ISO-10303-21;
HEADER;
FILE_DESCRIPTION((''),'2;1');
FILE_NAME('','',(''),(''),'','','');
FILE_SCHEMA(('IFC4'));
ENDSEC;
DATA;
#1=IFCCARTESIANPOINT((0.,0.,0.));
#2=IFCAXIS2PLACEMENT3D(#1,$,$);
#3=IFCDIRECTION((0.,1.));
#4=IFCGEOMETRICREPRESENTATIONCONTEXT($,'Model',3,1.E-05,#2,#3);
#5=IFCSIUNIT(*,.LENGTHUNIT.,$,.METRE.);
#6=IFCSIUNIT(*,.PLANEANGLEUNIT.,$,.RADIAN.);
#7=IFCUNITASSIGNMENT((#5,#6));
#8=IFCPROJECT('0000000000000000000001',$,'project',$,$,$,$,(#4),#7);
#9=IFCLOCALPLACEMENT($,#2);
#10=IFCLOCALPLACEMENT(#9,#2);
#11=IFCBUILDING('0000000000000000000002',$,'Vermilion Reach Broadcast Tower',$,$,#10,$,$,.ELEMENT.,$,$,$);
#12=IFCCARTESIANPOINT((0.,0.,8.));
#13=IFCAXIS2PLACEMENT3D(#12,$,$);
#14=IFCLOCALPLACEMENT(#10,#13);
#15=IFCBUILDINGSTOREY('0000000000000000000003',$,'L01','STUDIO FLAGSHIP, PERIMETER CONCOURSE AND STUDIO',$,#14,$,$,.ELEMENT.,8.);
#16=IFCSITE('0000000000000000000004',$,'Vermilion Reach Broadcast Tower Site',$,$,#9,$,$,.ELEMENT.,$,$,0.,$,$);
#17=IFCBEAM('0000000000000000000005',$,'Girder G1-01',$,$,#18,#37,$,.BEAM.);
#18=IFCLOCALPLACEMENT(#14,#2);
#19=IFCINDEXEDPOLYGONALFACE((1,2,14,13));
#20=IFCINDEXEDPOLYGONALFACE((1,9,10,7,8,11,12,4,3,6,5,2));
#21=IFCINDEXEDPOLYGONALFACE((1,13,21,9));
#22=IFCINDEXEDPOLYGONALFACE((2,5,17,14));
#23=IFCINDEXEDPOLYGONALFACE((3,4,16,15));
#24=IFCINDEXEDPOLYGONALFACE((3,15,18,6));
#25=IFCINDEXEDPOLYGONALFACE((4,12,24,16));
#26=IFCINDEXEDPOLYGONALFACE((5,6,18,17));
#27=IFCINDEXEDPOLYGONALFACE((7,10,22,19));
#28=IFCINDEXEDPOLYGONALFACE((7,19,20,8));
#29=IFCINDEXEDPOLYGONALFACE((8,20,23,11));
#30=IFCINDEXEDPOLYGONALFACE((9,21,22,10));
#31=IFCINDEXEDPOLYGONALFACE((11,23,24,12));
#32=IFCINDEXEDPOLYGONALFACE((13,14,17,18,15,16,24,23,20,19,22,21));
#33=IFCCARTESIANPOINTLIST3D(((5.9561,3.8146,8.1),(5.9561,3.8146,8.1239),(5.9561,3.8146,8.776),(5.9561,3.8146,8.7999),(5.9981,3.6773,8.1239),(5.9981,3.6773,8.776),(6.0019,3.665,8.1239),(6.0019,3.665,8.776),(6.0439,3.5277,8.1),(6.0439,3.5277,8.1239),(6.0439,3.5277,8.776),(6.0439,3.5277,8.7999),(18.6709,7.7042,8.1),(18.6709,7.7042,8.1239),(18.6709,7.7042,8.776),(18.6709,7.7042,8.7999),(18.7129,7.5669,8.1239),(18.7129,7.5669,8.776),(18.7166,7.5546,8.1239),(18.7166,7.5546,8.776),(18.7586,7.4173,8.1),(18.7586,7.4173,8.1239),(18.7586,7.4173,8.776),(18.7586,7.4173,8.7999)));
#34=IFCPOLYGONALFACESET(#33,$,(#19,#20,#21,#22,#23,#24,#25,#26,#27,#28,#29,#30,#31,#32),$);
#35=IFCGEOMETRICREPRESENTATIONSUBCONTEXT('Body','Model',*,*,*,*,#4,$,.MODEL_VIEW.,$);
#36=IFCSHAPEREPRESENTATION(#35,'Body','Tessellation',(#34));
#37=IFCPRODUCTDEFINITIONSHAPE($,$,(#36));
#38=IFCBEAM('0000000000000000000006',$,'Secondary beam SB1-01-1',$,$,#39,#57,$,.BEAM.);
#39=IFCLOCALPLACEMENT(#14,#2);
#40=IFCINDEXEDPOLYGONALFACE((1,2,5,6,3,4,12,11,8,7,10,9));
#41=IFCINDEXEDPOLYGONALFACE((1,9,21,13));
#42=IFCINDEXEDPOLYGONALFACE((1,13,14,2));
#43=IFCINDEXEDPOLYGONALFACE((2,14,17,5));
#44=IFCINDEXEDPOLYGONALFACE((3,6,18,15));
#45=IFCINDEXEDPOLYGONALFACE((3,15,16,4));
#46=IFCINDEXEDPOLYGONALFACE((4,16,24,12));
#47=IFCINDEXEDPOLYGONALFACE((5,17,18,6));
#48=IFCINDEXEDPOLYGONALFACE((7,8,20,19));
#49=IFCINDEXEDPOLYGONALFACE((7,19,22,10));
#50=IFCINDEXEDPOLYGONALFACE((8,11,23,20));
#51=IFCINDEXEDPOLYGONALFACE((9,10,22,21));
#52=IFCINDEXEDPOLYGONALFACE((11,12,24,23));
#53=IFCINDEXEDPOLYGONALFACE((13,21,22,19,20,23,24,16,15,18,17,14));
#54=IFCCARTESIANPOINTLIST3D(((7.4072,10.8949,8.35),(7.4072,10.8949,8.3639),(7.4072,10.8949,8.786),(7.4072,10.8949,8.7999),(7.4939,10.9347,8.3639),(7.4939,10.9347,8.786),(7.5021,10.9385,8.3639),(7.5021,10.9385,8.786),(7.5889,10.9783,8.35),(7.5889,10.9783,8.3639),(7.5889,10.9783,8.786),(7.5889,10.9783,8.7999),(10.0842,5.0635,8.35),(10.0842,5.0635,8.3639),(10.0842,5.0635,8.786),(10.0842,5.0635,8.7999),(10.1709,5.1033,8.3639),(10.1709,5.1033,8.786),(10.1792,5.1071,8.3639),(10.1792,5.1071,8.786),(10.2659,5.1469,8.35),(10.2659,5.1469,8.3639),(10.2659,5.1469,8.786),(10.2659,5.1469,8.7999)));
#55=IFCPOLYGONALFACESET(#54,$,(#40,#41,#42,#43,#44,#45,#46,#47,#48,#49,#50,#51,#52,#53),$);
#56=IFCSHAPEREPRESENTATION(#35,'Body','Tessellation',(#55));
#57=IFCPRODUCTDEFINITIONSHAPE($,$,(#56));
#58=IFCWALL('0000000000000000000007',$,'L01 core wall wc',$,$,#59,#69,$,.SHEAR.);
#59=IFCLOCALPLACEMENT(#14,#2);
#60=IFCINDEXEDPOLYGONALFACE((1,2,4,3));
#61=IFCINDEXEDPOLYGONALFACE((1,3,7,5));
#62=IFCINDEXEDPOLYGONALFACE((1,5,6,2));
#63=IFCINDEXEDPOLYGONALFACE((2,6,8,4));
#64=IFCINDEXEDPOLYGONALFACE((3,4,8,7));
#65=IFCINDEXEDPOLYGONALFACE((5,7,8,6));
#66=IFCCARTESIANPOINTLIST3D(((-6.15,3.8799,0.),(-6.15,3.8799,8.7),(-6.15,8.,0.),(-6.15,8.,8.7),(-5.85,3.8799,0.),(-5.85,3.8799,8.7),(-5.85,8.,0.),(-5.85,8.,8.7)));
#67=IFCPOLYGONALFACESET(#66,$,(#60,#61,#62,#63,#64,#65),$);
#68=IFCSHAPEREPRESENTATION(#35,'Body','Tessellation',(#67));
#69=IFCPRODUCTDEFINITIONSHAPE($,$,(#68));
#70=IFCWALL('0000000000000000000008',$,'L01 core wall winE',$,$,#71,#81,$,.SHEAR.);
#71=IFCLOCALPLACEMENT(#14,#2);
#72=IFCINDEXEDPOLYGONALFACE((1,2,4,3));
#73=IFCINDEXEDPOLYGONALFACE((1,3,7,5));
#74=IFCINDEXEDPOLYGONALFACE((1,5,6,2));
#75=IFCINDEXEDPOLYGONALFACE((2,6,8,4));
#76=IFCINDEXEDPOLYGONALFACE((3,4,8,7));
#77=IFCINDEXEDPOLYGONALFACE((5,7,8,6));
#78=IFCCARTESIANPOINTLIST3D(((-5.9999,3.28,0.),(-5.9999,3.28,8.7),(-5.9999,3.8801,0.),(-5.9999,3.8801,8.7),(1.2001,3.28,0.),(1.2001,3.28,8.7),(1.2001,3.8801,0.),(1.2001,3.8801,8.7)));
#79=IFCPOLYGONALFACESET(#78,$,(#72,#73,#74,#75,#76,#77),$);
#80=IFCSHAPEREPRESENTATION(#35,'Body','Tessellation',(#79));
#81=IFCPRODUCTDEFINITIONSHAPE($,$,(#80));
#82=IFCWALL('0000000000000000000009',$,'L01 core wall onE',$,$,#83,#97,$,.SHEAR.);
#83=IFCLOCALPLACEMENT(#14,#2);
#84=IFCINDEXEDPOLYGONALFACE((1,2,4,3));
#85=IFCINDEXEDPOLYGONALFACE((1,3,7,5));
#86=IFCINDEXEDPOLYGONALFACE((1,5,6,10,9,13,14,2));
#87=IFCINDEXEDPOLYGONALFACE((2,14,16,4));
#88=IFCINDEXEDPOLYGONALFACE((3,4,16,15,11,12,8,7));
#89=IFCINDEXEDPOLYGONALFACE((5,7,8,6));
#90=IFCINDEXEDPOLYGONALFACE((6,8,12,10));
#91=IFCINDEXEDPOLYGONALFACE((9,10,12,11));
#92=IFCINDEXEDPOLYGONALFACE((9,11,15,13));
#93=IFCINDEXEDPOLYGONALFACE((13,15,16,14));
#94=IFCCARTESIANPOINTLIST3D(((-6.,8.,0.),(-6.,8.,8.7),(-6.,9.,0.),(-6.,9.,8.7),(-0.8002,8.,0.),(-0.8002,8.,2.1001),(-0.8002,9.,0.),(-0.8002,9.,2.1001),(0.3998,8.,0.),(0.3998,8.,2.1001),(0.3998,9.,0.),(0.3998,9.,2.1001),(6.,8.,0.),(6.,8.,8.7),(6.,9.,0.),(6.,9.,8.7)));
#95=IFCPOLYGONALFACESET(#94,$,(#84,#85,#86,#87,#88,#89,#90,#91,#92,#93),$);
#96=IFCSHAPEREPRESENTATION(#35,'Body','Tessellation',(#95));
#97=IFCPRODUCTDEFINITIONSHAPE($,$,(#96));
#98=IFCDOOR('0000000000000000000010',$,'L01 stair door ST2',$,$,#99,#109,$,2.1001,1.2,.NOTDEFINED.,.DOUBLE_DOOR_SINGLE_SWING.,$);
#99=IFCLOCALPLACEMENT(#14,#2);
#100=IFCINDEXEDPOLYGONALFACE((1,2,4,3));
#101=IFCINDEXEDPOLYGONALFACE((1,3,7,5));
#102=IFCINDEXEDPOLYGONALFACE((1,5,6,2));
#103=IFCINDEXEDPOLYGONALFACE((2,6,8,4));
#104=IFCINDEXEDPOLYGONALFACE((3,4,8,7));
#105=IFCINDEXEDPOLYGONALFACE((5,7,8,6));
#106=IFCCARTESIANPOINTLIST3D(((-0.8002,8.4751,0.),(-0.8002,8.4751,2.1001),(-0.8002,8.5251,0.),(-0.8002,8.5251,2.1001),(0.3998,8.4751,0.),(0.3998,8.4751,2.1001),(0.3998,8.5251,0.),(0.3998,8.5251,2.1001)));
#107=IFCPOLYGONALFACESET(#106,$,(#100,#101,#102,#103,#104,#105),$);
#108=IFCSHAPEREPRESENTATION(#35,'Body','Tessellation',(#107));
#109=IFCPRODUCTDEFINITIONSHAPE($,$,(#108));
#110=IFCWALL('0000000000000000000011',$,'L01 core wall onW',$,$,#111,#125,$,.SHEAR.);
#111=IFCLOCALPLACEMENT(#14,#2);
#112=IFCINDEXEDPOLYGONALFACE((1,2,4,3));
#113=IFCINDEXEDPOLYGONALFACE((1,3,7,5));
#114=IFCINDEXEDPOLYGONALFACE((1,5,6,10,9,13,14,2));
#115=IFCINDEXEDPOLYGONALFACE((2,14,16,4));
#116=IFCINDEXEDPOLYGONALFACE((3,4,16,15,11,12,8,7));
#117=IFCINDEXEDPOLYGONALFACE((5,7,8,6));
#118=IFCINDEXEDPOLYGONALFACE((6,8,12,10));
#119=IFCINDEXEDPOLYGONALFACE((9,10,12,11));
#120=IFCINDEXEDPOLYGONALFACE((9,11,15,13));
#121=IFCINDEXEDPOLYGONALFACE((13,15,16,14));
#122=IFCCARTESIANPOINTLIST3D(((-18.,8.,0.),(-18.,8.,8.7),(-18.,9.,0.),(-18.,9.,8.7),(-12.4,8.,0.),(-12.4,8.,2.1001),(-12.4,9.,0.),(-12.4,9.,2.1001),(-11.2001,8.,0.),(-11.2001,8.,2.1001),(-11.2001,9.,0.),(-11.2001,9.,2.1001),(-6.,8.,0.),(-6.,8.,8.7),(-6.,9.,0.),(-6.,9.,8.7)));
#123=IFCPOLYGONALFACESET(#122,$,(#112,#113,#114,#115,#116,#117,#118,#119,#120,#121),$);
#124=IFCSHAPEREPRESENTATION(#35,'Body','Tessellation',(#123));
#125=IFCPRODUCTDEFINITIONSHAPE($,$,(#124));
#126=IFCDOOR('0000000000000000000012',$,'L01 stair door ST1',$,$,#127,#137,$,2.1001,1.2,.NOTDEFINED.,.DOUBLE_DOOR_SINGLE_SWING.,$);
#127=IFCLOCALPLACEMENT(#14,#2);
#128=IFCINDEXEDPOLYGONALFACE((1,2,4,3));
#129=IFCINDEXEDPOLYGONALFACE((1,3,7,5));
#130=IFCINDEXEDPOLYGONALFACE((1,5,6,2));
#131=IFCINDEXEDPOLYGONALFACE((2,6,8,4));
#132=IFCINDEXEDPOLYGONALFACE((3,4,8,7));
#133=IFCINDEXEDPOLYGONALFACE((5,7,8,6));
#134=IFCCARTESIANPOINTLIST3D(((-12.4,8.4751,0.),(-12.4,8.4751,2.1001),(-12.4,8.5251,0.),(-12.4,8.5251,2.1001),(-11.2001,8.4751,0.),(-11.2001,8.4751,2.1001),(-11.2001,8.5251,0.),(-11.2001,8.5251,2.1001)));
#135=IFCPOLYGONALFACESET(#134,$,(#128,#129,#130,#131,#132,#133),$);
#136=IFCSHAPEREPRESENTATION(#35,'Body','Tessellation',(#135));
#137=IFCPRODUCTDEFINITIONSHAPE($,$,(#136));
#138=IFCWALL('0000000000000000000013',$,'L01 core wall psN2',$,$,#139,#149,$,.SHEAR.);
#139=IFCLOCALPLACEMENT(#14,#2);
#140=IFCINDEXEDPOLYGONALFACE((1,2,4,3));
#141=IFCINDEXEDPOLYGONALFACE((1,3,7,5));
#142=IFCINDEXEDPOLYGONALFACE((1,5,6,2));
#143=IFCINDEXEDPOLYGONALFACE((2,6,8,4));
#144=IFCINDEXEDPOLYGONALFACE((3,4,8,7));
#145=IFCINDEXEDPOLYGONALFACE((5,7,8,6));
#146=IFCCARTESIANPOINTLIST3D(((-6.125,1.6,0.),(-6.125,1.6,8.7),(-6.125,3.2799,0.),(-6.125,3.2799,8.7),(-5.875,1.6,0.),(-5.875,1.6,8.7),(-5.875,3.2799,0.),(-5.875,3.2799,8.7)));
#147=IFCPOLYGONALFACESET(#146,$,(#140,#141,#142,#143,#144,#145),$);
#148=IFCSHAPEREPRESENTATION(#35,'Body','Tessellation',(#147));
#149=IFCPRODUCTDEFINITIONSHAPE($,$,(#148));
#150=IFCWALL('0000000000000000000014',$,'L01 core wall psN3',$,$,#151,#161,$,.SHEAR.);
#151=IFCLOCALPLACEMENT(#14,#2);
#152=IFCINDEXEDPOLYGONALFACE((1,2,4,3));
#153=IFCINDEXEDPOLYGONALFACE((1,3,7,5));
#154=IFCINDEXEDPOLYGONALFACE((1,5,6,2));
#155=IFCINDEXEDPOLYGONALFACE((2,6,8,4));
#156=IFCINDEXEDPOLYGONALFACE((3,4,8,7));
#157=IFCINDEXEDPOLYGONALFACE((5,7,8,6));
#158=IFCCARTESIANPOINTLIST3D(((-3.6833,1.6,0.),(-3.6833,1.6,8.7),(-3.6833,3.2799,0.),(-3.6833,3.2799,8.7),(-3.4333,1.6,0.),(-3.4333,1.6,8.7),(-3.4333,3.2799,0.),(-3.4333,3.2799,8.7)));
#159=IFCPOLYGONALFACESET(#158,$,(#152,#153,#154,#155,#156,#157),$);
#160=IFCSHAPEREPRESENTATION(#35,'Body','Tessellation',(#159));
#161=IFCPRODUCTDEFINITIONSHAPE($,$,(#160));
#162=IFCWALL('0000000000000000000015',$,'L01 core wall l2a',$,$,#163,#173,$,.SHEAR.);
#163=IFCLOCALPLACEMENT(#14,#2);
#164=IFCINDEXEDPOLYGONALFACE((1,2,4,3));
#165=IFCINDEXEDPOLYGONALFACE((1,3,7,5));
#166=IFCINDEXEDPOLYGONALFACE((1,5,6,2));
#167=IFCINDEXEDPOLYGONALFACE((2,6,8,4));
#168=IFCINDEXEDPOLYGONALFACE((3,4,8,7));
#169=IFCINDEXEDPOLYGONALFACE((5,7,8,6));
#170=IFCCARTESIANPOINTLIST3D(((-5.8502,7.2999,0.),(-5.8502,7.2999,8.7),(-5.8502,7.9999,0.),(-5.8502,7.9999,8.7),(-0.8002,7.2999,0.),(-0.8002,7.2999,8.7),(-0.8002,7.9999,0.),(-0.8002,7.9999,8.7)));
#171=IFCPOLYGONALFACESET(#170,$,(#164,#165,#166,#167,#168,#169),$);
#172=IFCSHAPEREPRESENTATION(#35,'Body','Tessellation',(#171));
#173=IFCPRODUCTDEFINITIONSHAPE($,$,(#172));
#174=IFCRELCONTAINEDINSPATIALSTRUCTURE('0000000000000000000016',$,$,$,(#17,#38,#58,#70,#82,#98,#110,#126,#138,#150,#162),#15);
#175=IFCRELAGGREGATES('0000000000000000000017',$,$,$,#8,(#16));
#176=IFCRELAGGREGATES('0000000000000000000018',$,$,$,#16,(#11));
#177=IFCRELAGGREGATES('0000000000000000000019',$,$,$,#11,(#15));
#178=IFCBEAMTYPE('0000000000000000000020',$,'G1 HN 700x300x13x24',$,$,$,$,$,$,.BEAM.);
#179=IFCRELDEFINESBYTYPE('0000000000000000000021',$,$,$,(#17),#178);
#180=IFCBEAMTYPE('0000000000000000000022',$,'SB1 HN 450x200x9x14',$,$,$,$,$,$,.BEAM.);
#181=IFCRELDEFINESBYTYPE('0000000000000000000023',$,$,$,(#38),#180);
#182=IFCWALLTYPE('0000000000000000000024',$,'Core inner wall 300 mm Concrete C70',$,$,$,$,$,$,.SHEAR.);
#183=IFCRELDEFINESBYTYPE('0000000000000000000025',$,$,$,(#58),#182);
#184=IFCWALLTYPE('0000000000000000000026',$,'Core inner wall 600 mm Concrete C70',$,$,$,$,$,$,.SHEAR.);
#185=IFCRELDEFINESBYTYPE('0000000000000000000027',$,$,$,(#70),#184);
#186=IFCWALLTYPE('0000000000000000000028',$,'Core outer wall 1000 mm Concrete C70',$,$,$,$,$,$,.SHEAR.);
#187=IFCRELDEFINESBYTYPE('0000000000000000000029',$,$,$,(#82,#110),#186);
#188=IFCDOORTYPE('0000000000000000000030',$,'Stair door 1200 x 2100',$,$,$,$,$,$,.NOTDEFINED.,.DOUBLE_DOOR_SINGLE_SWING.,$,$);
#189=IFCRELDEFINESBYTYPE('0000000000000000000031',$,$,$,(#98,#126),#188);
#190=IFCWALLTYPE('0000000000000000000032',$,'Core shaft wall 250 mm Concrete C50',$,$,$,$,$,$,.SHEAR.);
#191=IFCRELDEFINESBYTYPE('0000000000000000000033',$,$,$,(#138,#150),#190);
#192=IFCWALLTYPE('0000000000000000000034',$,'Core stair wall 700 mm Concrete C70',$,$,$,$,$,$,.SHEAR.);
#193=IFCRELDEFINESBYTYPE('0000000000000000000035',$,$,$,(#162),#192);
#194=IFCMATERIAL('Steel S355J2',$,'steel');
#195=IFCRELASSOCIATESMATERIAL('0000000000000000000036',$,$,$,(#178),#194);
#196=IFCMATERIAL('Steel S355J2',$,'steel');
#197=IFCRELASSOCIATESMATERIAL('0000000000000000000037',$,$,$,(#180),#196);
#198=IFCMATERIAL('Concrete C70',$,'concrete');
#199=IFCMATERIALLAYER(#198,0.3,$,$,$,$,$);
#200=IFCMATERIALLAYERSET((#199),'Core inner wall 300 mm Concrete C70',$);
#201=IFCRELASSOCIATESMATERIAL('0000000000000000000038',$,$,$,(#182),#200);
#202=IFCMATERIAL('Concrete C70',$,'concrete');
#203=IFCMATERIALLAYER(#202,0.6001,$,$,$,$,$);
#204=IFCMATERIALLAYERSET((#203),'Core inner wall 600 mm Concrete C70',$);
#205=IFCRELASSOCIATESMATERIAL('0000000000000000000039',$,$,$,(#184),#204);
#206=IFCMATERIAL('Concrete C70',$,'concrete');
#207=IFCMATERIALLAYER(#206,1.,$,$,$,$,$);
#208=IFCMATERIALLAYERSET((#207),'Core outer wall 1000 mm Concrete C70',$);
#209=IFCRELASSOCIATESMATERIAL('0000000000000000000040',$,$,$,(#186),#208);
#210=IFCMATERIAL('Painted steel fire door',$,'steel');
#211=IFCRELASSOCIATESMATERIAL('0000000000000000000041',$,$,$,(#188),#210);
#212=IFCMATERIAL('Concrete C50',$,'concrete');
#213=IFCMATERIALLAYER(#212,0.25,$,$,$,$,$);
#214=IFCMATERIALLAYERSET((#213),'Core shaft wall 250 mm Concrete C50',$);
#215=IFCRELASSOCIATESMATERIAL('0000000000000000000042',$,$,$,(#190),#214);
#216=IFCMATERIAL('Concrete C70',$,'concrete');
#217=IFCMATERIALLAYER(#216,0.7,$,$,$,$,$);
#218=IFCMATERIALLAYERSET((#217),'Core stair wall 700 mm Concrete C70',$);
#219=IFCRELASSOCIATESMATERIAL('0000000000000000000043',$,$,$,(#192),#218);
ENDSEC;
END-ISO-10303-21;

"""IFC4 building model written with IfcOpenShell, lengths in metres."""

from ifc_helpers import new_model, si_unit, direction, frame, frame_2d, origin, origin_2d, place, context, subcontext, project, spatial, rectangle, i_section, extrude, material, layer, layer_set, material_profile, profile_set, type_object, element, fill, save


model = new_model("IFC4")

# Units and contexts
model_context = context("Model", 3, precision=1e-05, world=origin(), true_north=direction((0.0, 1.0)))
body_context = subcontext(model_context, "Body", "Model", "MODEL_VIEW")
ifc_project = project(units=[si_unit("LENGTHUNIT", "METRE"), si_unit("PLANEANGLEUNIT", "RADIAN")], contexts=[model_context])

# Site, building, storey
site_placement = place(None, origin())
site = spatial("IfcSite", under=ifc_project, at=site_placement, Name="Vermilion Reach Broadcast Tower Site", CompositionType="ELEMENT", RefElevation=0.0)
building_placement = place(site_placement, origin())
building = spatial("IfcBuilding", under=site, at=building_placement, Name="Vermilion Reach Broadcast Tower", CompositionType="ELEMENT")
storey_placement = place(building_placement, frame((0.0, 0.0, 8.0)))
storey = spatial("IfcBuildingStorey", under=building, at=storey_placement, Name="L01", Description="STUDIO FLAGSHIP, PERIMETER CONCOURSE AND STUDIO", CompositionType="ELEMENT", Elevation=8.0)

# Beams
ifc_material_1 = material(Name="Steel S355J2", Category="steel")
ifc_material_profile_1 = material_profile(ifc_material_1, i_section(OverallWidth=0.3, OverallDepth=0.7, WebThickness=0.0129, FlangeThickness=0.0239, at=origin_2d()), Name="S355J2 HN 700x300x13x24")
ifc_profile_set_1 = profile_set([ifc_material_profile_1], Name="Steel S355J2")
beam_type_1 = type_object("IfcBeamType", Name="G1 HN 700x300x13x24", PredefinedType="BEAM", material=ifc_profile_set_1)
beam_1_placement = place(storey_placement, frame((6.0, 3.6711, 8.45), z_axis=(0.956256, 0.292532, 0.0), x_axis=(-0.292532, 0.956256, 0.0)))
element("IfcBeam", 1, at=beam_1_placement, inside=storey, type_object=beam_type_1, Name="Girder G1-01", PredefinedType="BEAM", context=body_context, shape_type="SweptSolid", body=[
    extrude(i_section(OverallWidth=0.3, OverallDepth=0.7, WebThickness=0.0129, FlangeThickness=0.0239, at=origin_2d()), origin(), (0.0, 0.0, 1.0), 13.2964),
])
ifc_material_2 = material(Name="Steel S355J2", Category="steel")
ifc_material_profile_2 = material_profile(ifc_material_2, i_section(OverallWidth=0.2, OverallDepth=0.45, WebThickness=0.009, FlangeThickness=0.0139, at=origin_2d()), Name="S355J2 HN 450x200x9x14")
ifc_profile_set_2 = profile_set([ifc_material_profile_2], Name="Steel S355J2")
beam_type_2 = type_object("IfcBeamType", Name="SB1 HN 450x200x9x14", PredefinedType="BEAM", material=ifc_profile_set_2)
beam_2_placement = place(storey_placement, frame((10.175, 5.1052, 8.575), z_axis=(-0.417211, 0.908809, 0.0), x_axis=(-0.908809, -0.417211, 0.0)))
element("IfcBeam", 2, at=beam_2_placement, inside=storey, type_object=beam_type_2, Name="Secondary beam SB1-01-1", PredefinedType="BEAM", context=body_context, shape_type="SweptSolid", body=[
    extrude(i_section(OverallWidth=0.2, OverallDepth=0.45, WebThickness=0.009, FlangeThickness=0.0139, at=origin_2d()), origin(), (0.0, 0.0, 1.0), 6.4165),
])

# Walls
ifc_material_3 = material(Name="Concrete C70", Category="concrete")
ifc_layer_1 = layer(ifc_material_3, 0.3)
ifc_layer_set_1 = layer_set([ifc_layer_1], Name="Core inner wall 300 mm Concrete C70")
wall_type_1 = type_object("IfcWallType", Name="Core inner wall 300 mm Concrete C70", PredefinedType="SHEAR", material=ifc_layer_set_1)
wall_1_placement = place(storey_placement, frame((-6.0, 3.8799, 0.0), z_axis=(0.0, 0.0, 1.0), x_axis=(0.0, 1.0, 0.0)))
element("IfcWall", 3, at=wall_1_placement, inside=storey, type_object=wall_type_1, Name="L01 core wall wc", PredefinedType="SHEAR", context=body_context, shape_type="SweptSolid", body=[
    extrude(rectangle(XDim=4.1201, YDim=0.3, at=frame_2d((2.0601, 0.0))), origin(), (0.0, 0.0, 1.0), 8.7),
])
ifc_material_4 = material(Name="Concrete C70", Category="concrete")
ifc_layer_2 = layer(ifc_material_4, 0.6001)
ifc_layer_set_2 = layer_set([ifc_layer_2], Name="Core inner wall 600 mm Concrete C70")
wall_type_2 = type_object("IfcWallType", Name="Core inner wall 600 mm Concrete C70", PredefinedType="SHEAR", material=ifc_layer_set_2)
wall_2_placement = place(storey_placement, frame((-6.0, 3.5801, 0.0), z_axis=(0.0, 0.0, 1.0), x_axis=(1.0, 0.0, 0.0)))
element("IfcWall", 4, at=wall_2_placement, inside=storey, type_object=wall_type_2, Name="L01 core wall winE", PredefinedType="SHEAR", context=body_context, shape_type="SweptSolid", body=[
    extrude(rectangle(XDim=7.2, YDim=0.6001, at=frame_2d((3.6001, 0.0))), origin(), (0.0, 0.0, 1.0), 8.7),
])

# Walls, openings, doors
ifc_material_5 = material(Name="Concrete C70", Category="concrete")
ifc_layer_3 = layer(ifc_material_5, 1.0)
ifc_layer_set_3 = layer_set([ifc_layer_3], Name="Core outer wall 1000 mm Concrete C70")
wall_type_3 = type_object("IfcWallType", Name="Core outer wall 1000 mm Concrete C70", PredefinedType="SHEAR", material=ifc_layer_set_3)
wall_3_placement = place(storey_placement, frame((6.0, 8.5, 0.0), z_axis=(0.0, 0.0, 1.0), x_axis=(-1.0, 0.0, 0.0)))
wall_3 = element("IfcWall", 5, at=wall_3_placement, inside=storey, type_object=wall_type_3, Name="L01 core wall onE", PredefinedType="SHEAR", context=body_context, shape_type="SweptSolid", body=[
    extrude(rectangle(XDim=12.0, YDim=1.0, at=frame_2d((6.0, 0.0))), origin(), (0.0, 0.0, 1.0), 8.7),
])
opening_1_placement = place(wall_3_placement, frame((5.6001, 0.0, 0.0)))
opening_1 = element("IfcOpeningElement", 6, at=opening_1_placement, cuts=wall_3, PredefinedType="OPENING", context=body_context, shape_type="SweptSolid", body=[
    extrude(rectangle(XDim=1.2, YDim=2.1001, at=frame_2d((0.6001, 1.05))), frame((0.0, 0.51, 0.0), z_axis=(0.0, -1.0, 0.0), x_axis=(1.0, 0.0, 0.0)), (0.0, 0.0, 1.0), 1.02),
])
ifc_material_6 = material(Name="Painted steel fire door", Category="steel")
door_type = type_object("IfcDoorType", Name="Stair door 1200 x 2100", OperationType="DOUBLE_DOOR_SINGLE_SWING", PredefinedType="NOTDEFINED", material=ifc_material_6)
door_1_placement = place(opening_1_placement, origin())
door_1 = element("IfcDoor", 7, at=door_1_placement, inside=storey, type_object=door_type, Name="L01 stair door ST2", OperationType="DOUBLE_DOOR_SINGLE_SWING", OverallHeight=2.1001, OverallWidth=1.2, PredefinedType="NOTDEFINED", context=body_context, shape_type="SweptSolid", body=[
    extrude(rectangle(XDim=1.2, YDim=2.1001, at=frame_2d((0.6001, 1.05))), frame((0.0, 0.0249, 0.0), z_axis=(0.0, -1.0, 0.0), x_axis=(1.0, 0.0, 0.0)), (0.0, 0.0, 1.0), 0.05),
])
fill(opening_1, door_1)
wall_4_placement = place(storey_placement, frame((-6.0, 8.5, 0.0), z_axis=(0.0, 0.0, 1.0), x_axis=(-1.0, 0.0, 0.0)))
wall_4 = element("IfcWall", 8, at=wall_4_placement, inside=storey, type_object=wall_type_3, Name="L01 core wall onW", PredefinedType="SHEAR", context=body_context, shape_type="SweptSolid", body=[
    extrude(rectangle(XDim=12.0, YDim=1.0, at=frame_2d((6.0, 0.0))), origin(), (0.0, 0.0, 1.0), 8.7),
])
opening_2_placement = place(wall_4_placement, frame((5.2, 0.0, 0.0)))
opening_2 = element("IfcOpeningElement", 9, at=opening_2_placement, cuts=wall_4, PredefinedType="OPENING", context=body_context, shape_type="SweptSolid", body=[
    extrude(rectangle(XDim=1.2, YDim=2.1001, at=frame_2d((0.6001, 1.05))), frame((0.0, 0.51, 0.0), z_axis=(0.0, -1.0, 0.0), x_axis=(1.0, 0.0, 0.0)), (0.0, 0.0, 1.0), 1.02),
])
door_2_placement = place(opening_2_placement, origin())
door_2 = element("IfcDoor", 10, at=door_2_placement, inside=storey, type_object=door_type, Name="L01 stair door ST1", OperationType="DOUBLE_DOOR_SINGLE_SWING", OverallHeight=2.1001, OverallWidth=1.2, PredefinedType="NOTDEFINED", context=body_context, shape_type="SweptSolid", body=[
    extrude(rectangle(XDim=1.2, YDim=2.1001, at=frame_2d((0.6001, 1.05))), frame((0.0, 0.0249, 0.0), z_axis=(0.0, -1.0, 0.0), x_axis=(1.0, 0.0, 0.0)), (0.0, 0.0, 1.0), 0.05),
])
fill(opening_2, door_2)

# Walls
ifc_material_7 = material(Name="Concrete C50", Category="concrete")
ifc_layer_4 = layer(ifc_material_7, 0.25)
ifc_layer_set_4 = layer_set([ifc_layer_4], Name="Core shaft wall 250 mm Concrete C50")
wall_type_4 = type_object("IfcWallType", Name="Core shaft wall 250 mm Concrete C50", PredefinedType="SHEAR", material=ifc_layer_set_4)
for number, where, z_axis, x_axis, name in (
    (11, (-6.0, 1.6001, 0.0), (0.0, 0.0, 1.0), (0.0, 1.0, 0.0), "L01 core wall psN2"),
    (12, (-3.5583, 1.6001, 0.0), (0.0, 0.0, 1.0), (0.0, 1.0, 0.0), "L01 core wall psN3"),
):
    element("IfcWall", number, at=place(storey_placement, frame(where, z_axis=z_axis, x_axis=x_axis)), inside=storey, type_object=wall_type_4, Name=name, PredefinedType="SHEAR", context=body_context, shape_type="SweptSolid", body=[
        extrude(rectangle(XDim=1.6799, YDim=0.25, at=frame_2d((0.8398, 0.0))), origin(), (0.0, 0.0, 1.0), 8.7),
    ])
ifc_material_8 = material(Name="Concrete C70", Category="concrete")
ifc_layer_5 = layer(ifc_material_8, 0.7)
ifc_layer_set_5 = layer_set([ifc_layer_5], Name="Core stair wall 700 mm Concrete C70")
wall_type_5 = type_object("IfcWallType", Name="Core stair wall 700 mm Concrete C70", PredefinedType="SHEAR", material=ifc_layer_set_5)
wall_5_placement = place(storey_placement, frame((-5.8501, 7.6499, 0.0), z_axis=(0.0, 0.0, 1.0), x_axis=(1.0, 0.0, 0.0)))
element("IfcWall", 13, at=wall_5_placement, inside=storey, type_object=wall_type_5, Name="L01 core wall l2a", PredefinedType="SHEAR", context=body_context, shape_type="SweptSolid", body=[
    extrude(rectangle(XDim=5.05, YDim=0.7, at=frame_2d((2.5249, 0.0))), origin(), (0.0, 0.0, 1.0), 8.7),
])

save(model, "model.ifc")
